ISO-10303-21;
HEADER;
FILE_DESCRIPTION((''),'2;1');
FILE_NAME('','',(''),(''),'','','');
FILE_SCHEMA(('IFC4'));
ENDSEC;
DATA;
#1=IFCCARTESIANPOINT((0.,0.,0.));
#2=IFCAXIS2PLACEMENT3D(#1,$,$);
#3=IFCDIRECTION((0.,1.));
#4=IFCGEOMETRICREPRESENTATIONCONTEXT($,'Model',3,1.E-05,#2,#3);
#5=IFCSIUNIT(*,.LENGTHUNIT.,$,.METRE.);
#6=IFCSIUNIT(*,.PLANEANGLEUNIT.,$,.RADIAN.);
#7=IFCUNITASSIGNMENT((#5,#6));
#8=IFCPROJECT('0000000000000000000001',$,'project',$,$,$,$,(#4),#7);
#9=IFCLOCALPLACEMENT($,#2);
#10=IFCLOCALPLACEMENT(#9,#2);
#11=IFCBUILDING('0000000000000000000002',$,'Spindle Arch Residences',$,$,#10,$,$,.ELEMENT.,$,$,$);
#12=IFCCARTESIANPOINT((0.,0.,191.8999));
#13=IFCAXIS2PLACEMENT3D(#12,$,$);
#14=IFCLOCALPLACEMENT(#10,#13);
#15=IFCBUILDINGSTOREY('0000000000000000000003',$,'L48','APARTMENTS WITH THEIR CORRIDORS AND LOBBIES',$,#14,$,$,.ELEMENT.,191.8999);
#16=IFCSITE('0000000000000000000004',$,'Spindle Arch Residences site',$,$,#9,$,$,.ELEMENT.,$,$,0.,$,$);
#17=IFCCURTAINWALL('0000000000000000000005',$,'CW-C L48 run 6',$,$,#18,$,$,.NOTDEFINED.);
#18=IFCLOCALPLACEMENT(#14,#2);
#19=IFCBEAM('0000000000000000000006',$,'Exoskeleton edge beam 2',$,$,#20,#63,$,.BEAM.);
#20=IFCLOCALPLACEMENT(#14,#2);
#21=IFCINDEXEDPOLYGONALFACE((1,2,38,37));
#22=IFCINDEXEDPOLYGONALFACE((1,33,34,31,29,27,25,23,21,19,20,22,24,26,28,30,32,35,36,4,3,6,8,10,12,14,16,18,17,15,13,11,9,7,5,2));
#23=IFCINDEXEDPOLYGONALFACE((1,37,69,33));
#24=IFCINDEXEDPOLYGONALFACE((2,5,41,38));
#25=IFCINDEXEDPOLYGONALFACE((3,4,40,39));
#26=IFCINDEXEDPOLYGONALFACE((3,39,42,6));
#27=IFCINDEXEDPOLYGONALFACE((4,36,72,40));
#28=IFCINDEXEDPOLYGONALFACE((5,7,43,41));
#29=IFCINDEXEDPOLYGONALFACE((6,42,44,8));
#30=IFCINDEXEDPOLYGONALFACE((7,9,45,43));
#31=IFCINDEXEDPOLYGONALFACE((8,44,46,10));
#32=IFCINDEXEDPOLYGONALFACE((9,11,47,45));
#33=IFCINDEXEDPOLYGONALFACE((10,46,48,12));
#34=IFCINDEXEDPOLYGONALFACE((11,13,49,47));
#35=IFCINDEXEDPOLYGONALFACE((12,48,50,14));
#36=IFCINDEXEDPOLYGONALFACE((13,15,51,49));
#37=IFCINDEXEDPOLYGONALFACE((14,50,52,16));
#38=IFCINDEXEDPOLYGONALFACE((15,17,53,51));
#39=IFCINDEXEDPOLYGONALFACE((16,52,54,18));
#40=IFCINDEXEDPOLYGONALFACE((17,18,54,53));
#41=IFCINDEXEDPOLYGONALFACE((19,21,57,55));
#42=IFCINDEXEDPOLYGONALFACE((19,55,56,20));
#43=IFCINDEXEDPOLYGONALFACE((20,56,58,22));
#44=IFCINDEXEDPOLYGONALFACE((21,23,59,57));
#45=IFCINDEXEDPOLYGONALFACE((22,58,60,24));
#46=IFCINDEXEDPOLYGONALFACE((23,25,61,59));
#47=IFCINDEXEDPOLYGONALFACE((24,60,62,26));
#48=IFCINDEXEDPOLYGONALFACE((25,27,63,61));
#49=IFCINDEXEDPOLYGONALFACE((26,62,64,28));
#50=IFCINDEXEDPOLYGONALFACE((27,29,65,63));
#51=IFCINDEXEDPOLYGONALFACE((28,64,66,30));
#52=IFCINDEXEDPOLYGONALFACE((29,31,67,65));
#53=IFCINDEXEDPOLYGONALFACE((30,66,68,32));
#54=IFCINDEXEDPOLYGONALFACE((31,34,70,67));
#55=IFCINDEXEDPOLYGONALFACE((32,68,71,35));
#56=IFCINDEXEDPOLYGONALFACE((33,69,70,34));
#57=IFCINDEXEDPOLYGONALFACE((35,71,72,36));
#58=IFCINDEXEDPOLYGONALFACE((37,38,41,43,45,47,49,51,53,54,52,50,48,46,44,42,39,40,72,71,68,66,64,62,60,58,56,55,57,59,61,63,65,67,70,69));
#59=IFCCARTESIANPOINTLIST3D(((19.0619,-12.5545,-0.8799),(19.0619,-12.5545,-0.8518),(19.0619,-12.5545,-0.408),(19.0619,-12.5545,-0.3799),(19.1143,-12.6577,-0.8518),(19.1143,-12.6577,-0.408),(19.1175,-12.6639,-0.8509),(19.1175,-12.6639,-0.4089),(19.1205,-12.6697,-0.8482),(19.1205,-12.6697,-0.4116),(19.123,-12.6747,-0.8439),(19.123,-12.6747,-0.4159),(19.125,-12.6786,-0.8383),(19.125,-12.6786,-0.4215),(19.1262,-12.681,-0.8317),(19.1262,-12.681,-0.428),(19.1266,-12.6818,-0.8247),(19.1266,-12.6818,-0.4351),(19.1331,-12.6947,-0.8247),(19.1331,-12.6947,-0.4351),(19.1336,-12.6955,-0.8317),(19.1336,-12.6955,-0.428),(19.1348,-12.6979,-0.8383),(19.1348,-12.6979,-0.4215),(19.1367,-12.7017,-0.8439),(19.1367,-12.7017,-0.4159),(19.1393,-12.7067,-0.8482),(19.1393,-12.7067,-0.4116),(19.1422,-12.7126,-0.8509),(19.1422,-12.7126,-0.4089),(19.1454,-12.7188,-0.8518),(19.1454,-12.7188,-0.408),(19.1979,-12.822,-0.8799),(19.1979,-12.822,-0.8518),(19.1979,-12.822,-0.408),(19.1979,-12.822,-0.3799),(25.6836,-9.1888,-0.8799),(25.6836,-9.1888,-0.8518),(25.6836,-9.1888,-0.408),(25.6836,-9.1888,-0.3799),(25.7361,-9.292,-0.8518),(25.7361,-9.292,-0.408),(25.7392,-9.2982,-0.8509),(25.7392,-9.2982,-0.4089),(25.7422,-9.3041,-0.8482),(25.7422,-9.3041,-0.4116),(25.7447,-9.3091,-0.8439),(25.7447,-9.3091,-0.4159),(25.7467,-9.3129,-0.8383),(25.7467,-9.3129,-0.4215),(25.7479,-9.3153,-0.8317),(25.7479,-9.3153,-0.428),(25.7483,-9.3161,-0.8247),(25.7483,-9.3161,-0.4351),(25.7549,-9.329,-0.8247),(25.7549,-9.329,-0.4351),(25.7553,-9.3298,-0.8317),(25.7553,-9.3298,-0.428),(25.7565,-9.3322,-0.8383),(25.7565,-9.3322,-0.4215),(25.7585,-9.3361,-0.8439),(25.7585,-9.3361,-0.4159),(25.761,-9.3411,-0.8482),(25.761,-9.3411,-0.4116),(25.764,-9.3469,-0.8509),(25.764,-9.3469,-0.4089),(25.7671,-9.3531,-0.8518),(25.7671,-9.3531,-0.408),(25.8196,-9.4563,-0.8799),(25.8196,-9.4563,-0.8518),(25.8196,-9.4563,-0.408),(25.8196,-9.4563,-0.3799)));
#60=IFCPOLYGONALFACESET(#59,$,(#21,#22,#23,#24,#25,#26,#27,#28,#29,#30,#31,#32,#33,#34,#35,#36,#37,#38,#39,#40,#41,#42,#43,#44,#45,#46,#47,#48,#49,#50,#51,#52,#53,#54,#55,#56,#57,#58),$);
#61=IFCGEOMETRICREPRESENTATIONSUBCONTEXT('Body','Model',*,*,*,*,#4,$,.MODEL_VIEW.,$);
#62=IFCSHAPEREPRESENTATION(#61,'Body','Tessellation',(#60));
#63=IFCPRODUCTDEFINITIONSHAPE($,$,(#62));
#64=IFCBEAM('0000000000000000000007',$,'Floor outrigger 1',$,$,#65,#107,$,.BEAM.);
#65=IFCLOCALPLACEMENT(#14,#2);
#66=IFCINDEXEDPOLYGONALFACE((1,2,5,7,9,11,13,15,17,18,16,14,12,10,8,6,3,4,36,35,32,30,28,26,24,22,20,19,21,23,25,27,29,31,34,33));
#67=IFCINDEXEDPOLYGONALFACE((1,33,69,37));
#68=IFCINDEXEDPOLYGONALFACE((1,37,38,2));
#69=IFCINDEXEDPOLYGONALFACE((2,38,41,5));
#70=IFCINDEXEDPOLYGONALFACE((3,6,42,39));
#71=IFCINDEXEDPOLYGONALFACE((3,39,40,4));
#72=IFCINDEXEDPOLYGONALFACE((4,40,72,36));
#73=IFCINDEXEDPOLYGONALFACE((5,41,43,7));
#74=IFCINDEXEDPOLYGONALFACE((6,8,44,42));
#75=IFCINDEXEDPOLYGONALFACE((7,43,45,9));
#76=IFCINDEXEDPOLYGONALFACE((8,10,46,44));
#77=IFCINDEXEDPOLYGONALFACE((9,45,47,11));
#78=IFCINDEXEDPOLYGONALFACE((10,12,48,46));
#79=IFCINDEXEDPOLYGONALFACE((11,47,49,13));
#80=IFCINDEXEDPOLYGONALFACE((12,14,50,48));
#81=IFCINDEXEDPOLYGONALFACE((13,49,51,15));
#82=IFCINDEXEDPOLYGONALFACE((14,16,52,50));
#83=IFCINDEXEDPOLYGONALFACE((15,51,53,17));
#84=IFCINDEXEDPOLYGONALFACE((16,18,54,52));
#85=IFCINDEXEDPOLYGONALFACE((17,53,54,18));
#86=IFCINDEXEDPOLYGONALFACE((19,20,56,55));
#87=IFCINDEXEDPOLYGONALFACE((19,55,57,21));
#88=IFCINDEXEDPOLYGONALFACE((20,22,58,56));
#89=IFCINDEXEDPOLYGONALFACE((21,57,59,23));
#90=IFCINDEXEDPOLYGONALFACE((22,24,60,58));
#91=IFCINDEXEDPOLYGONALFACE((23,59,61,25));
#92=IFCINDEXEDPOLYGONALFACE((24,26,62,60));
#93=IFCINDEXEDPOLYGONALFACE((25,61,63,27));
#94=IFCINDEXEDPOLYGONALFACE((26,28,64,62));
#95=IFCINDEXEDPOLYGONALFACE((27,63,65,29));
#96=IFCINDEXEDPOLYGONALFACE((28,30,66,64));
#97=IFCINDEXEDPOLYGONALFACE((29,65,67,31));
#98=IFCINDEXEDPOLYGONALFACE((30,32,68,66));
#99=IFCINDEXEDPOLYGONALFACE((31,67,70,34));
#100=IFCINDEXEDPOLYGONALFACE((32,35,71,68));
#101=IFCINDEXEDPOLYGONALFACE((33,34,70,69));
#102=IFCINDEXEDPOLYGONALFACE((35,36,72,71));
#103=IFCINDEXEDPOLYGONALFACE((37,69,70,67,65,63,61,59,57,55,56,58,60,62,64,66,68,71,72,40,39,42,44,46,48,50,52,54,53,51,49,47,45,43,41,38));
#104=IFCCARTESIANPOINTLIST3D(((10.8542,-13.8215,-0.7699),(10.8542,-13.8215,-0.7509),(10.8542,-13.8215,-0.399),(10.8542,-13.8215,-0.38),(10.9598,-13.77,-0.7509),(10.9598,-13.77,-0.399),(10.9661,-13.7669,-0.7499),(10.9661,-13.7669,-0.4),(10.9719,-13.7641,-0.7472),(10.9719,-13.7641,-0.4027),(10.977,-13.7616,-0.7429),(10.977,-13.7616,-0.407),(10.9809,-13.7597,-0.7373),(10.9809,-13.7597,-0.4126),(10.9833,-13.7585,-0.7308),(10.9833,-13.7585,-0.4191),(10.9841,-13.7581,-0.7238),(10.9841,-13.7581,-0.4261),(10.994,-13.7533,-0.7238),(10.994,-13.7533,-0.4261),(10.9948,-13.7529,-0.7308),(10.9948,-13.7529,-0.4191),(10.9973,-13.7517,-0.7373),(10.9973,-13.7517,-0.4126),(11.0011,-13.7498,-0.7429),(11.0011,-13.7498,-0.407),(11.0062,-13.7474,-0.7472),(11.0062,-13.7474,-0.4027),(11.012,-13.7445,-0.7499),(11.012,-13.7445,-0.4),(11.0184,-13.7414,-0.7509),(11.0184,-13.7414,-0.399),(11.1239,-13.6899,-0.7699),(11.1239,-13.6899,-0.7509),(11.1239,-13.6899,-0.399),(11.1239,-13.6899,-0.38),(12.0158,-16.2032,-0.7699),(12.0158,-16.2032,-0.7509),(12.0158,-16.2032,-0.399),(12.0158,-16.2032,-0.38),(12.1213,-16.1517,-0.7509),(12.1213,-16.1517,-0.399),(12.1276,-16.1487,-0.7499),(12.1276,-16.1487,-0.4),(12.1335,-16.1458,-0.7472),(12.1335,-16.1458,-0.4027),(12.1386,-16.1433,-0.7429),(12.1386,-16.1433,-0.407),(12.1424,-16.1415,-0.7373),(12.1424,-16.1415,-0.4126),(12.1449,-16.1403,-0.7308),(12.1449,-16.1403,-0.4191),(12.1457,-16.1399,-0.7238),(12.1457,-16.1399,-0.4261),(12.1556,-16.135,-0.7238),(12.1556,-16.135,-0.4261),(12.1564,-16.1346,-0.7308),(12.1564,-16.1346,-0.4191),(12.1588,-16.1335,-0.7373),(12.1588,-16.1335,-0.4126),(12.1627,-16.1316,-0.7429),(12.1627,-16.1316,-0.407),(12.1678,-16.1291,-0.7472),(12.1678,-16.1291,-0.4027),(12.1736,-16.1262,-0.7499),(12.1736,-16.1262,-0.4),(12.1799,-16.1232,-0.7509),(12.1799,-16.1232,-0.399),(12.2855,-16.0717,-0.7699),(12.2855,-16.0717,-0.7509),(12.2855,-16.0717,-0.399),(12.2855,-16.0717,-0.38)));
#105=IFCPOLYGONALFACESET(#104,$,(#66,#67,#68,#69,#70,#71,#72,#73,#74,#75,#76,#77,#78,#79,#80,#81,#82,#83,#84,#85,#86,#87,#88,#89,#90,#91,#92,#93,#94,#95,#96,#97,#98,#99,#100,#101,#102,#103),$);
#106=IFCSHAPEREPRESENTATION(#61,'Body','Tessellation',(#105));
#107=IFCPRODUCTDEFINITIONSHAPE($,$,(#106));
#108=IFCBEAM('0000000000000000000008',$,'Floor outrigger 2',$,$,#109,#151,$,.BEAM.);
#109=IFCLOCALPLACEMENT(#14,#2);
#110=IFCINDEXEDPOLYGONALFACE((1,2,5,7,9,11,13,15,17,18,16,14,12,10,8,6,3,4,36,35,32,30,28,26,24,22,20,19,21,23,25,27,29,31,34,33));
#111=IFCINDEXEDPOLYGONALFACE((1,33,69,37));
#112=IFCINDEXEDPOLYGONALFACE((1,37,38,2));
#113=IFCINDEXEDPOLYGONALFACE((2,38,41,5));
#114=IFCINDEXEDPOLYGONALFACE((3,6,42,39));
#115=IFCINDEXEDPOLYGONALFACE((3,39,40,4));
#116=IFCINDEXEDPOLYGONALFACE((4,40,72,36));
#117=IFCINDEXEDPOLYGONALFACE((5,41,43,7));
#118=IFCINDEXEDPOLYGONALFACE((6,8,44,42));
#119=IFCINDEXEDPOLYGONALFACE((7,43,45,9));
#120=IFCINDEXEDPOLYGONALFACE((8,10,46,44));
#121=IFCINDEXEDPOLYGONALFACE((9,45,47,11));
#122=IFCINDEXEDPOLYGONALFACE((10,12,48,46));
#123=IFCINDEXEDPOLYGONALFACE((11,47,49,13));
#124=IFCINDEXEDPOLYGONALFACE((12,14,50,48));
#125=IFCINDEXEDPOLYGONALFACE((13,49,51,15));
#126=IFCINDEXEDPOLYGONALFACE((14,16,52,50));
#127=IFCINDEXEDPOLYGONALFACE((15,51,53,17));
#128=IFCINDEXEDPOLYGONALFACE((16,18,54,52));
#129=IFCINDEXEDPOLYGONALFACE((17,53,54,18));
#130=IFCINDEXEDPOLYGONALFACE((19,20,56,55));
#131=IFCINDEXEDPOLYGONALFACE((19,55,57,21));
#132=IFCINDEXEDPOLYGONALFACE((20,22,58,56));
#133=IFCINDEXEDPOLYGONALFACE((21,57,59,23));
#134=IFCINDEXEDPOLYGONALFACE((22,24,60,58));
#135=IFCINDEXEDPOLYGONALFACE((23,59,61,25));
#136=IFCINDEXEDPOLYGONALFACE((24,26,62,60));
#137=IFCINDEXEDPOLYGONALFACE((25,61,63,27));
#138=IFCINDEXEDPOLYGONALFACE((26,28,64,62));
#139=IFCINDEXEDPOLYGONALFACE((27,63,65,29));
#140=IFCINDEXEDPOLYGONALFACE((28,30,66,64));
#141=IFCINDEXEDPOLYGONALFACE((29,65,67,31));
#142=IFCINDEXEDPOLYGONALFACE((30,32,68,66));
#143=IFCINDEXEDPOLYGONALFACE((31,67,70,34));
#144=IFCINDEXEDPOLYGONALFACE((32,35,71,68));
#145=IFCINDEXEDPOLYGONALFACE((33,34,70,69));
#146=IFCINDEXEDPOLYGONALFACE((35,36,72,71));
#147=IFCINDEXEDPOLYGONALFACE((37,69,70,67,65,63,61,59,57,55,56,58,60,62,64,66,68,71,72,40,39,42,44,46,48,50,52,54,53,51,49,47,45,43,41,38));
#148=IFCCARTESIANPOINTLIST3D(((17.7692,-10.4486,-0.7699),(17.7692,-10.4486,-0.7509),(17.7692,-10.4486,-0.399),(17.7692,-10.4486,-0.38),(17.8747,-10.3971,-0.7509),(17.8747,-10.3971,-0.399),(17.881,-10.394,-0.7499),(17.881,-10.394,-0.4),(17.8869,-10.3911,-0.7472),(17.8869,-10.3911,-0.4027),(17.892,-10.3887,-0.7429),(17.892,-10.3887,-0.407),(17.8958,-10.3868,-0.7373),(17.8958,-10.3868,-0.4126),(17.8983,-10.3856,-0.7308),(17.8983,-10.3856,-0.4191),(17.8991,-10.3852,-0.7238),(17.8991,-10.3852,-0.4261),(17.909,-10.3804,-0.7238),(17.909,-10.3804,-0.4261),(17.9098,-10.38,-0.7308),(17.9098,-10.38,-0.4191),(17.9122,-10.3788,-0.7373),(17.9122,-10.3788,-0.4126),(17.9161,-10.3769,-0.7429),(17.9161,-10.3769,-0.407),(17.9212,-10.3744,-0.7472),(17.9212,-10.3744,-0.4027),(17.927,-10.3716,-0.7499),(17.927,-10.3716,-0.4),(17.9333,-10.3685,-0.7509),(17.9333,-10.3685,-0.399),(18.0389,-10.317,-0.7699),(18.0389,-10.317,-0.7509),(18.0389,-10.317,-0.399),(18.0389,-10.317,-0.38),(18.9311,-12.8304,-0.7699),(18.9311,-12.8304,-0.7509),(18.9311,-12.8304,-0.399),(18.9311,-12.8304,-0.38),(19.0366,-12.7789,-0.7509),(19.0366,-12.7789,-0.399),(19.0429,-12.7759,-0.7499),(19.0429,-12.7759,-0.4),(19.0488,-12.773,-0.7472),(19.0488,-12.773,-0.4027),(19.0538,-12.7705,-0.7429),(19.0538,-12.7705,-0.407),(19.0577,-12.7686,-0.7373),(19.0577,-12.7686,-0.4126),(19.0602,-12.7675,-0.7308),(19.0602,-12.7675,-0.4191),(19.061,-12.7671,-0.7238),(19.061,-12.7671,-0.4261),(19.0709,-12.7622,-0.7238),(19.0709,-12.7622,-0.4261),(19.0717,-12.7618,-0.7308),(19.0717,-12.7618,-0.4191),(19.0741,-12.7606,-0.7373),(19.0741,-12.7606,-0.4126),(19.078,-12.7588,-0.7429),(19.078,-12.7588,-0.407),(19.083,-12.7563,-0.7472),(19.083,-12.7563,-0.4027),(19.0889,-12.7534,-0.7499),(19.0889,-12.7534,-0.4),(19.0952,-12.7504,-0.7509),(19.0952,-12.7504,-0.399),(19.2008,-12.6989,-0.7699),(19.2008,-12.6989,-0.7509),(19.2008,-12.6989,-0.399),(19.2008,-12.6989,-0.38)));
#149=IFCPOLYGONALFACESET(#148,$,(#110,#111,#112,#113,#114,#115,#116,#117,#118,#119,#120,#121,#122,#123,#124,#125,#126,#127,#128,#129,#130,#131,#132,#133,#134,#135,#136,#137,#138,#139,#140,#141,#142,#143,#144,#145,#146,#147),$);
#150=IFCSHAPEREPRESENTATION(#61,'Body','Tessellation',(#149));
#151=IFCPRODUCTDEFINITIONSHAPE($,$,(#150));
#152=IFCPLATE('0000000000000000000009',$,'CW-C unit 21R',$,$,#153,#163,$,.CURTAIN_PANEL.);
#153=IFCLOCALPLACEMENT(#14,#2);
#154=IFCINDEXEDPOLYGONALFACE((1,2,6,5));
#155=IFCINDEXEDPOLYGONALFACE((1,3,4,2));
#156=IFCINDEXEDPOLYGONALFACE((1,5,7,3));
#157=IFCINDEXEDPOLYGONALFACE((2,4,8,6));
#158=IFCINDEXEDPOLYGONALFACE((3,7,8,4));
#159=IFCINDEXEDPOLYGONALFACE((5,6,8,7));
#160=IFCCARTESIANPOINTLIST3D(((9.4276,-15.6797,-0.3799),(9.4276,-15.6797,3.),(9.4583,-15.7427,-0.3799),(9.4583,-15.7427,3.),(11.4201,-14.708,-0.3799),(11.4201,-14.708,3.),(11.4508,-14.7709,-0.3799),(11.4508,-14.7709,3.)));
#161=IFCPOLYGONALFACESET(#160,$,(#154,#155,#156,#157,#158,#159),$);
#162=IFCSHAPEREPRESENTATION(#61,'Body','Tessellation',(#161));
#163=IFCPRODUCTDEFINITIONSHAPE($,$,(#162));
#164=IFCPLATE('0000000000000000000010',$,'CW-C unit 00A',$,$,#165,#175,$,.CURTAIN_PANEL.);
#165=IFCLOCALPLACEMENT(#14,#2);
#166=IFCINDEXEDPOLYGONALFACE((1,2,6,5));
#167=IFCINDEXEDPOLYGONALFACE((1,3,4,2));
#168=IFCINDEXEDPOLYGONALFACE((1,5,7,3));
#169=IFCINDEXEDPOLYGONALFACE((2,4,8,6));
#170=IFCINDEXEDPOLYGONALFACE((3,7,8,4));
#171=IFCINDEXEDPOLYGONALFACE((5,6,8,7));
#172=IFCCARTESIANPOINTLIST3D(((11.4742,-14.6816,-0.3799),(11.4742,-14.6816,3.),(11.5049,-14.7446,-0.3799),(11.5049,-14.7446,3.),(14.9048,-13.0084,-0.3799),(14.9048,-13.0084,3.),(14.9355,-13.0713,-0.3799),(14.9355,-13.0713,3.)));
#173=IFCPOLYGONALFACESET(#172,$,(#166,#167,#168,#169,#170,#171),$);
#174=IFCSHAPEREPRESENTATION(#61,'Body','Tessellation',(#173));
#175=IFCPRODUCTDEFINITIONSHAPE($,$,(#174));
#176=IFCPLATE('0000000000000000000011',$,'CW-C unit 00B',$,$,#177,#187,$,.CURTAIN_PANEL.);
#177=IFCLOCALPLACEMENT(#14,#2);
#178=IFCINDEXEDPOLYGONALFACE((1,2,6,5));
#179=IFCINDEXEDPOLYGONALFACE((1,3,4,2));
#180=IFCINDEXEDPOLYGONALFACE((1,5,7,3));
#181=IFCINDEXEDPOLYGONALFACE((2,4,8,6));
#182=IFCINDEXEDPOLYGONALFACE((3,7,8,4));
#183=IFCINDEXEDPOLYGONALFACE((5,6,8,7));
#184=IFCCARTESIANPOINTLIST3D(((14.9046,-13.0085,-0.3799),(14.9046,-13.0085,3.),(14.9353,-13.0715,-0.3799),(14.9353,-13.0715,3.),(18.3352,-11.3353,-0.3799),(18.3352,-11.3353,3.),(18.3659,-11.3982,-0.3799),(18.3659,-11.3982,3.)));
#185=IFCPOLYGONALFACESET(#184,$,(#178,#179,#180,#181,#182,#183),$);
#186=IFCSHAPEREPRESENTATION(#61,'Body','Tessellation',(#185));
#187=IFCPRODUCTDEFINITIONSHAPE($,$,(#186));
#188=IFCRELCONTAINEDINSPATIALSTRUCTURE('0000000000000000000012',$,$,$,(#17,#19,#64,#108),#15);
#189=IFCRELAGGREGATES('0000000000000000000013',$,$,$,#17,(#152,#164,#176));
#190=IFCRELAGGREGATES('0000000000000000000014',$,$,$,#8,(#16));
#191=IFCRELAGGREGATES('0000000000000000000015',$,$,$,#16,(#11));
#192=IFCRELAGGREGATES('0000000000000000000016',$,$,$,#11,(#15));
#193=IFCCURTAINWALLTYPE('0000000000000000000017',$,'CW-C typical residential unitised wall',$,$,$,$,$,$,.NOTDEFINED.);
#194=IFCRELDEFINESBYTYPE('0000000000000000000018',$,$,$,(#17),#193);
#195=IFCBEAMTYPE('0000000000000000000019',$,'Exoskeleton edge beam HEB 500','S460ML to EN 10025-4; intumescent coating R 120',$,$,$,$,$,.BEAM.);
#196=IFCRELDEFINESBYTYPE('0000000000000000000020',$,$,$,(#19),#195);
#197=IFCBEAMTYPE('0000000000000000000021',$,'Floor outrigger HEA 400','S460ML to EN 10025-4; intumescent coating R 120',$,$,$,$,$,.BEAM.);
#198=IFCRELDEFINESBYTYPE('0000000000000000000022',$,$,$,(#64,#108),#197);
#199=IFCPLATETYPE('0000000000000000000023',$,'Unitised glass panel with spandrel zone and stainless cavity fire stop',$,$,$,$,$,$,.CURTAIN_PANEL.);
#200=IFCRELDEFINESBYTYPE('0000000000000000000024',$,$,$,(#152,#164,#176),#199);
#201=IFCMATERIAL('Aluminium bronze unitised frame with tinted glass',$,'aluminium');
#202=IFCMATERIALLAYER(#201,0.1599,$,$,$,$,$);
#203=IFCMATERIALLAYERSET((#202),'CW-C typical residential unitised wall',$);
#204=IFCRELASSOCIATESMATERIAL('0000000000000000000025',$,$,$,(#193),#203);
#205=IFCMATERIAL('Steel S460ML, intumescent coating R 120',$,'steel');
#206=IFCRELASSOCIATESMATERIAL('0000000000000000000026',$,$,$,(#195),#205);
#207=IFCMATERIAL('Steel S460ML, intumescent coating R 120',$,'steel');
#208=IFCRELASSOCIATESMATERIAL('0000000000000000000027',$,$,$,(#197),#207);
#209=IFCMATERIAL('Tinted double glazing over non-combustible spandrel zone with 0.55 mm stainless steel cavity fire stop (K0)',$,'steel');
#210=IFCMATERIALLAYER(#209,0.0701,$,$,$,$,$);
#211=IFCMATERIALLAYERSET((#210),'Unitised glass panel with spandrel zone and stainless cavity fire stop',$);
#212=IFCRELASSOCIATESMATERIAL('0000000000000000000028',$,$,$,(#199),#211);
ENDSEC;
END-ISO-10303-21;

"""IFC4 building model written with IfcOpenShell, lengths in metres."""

from ifc_helpers import new_model, si_unit, direction, frame, origin, origin_2d, place, context, subcontext, project, spatial, rectangle, i_section, extrude, material, layer, layer_set, material_profile, profile_set, type_object, element, aggregate, save


model = new_model("IFC4")

# Units and contexts
model_context = context("Model", 3, precision=1e-05, world=origin(), true_north=direction((0.0, 1.0)))
body_context = subcontext(model_context, "Body", "Model", "MODEL_VIEW")
ifc_project = project(units=[si_unit("LENGTHUNIT", "METRE"), si_unit("PLANEANGLEUNIT", "RADIAN")], contexts=[model_context])

# Site, building, storey
site_placement = place(None, origin())
site = spatial("IfcSite", under=ifc_project, at=site_placement, Name="Spindle Arch Residences site", CompositionType="ELEMENT", RefElevation=0.0)
building_placement = place(site_placement, origin())
building = spatial("IfcBuilding", under=site, at=building_placement, Name="Spindle Arch Residences", CompositionType="ELEMENT")
storey_placement = place(building_placement, frame((0.0, 0.0, 191.8999)))
storey = spatial("IfcBuildingStorey", under=building, at=storey_placement, Name="L48", Description="APARTMENTS WITH THEIR CORRIDORS AND LOBBIES", CompositionType="ELEMENT", Elevation=191.8999)

# Curtain wall
ifc_material_1 = material(Name="Aluminium bronze unitised frame with tinted glass", Category="aluminium")
ifc_layer_1 = layer(ifc_material_1, 0.1599)
ifc_layer_set_1 = layer_set([ifc_layer_1], Name="CW-C typical residential unitised wall")
curtain_wall_type_1 = type_object("IfcCurtainWallType", Name="CW-C typical residential unitised wall", PredefinedType="NOTDEFINED", material=ifc_layer_set_1)
curtain_wall_1_placement = place(storey_placement, origin())
curtain_wall_1 = element("IfcCurtainWall", 1, at=curtain_wall_1_placement, inside=storey, type_object=curtain_wall_type_1, Name="CW-C L48 run 6", PredefinedType="NOTDEFINED")

# Beams
ifc_material_2 = material(Name="Steel S460ML, intumescent coating R 120", Category="steel")
ifc_material_profile_1 = material_profile(ifc_material_2, i_section(OverallWidth=0.3, OverallDepth=0.5, WebThickness=0.0144, FlangeThickness=0.0281, FilletRadius=0.0271, at=origin_2d()), Name="HEB 500")
ifc_profile_set_1 = profile_set([ifc_material_profile_1], Name="Steel S460ML, intumescent coating R 120")
beam_type_1 = type_object("IfcBeamType", Name="Exoskeleton edge beam HEB 500", Description="S460ML to EN 10025-4; intumescent coating R 120", PredefinedType="BEAM", material=ifc_profile_set_1)
beam_1_placement = place(storey_placement, frame((19.1299, -12.6882, -0.6299), z_axis=(0.891456, 0.453107, 0.0), x_axis=(-0.453107, 0.891456, 0.0)))
element("IfcBeam", 2, at=beam_1_placement, inside=storey, type_object=beam_type_1, Name="Exoskeleton edge beam 2", PredefinedType="BEAM", context=body_context, shape_type="SweptSolid", body=[
    extrude(i_section(OverallWidth=0.3, OverallDepth=0.5, WebThickness=0.0144, FlangeThickness=0.0281, FilletRadius=0.0271, at=origin_2d()), origin(), (0.0, 0.0, 1.0), 7.428),
])
ifc_material_3 = material(Name="Steel S460ML, intumescent coating R 120", Category="steel")
ifc_material_profile_2 = material_profile(ifc_material_3, i_section(OverallWidth=0.3, OverallDepth=0.3899, WebThickness=0.011, FlangeThickness=0.019, FilletRadius=0.0271, at=origin_2d()), Name="HEA 400")
ifc_profile_set_2 = profile_set([ifc_material_profile_2], Name="Steel S460ML, intumescent coating R 120")
beam_type_2 = type_object("IfcBeamType", Name="Floor outrigger HEA 400", Description="S460ML to EN 10025-4; intumescent coating R 120", PredefinedType="BEAM", material=ifc_profile_set_2)
beam_2_placement = place(storey_placement, frame((12.1506, -16.1375, -0.575), z_axis=(-0.438347, 0.898806, 0.0), x_axis=(-0.898806, -0.438347, 0.0)))
element("IfcBeam", 3, at=beam_2_placement, inside=storey, type_object=beam_type_2, Name="Floor outrigger 1", PredefinedType="BEAM", context=body_context, shape_type="SweptSolid", body=[
    extrude(i_section(OverallWidth=0.3, OverallDepth=0.3899, WebThickness=0.011, FlangeThickness=0.019, FilletRadius=0.0271, at=origin_2d()), origin(), (0.0, 0.0, 1.0), 2.6499),
])
beam_3_placement = place(storey_placement, frame((19.0659, -12.7646, -0.575), z_axis=(-0.438422, 0.898769, 0.0), x_axis=(-0.898769, -0.438422, 0.0)))
element("IfcBeam", 4, at=beam_3_placement, inside=storey, type_object=beam_type_2, Name="Floor outrigger 2", PredefinedType="BEAM", context=body_context, shape_type="SweptSolid", body=[
    extrude(i_section(OverallWidth=0.3, OverallDepth=0.3899, WebThickness=0.011, FlangeThickness=0.019, FilletRadius=0.0271, at=origin_2d()), origin(), (0.0, 0.0, 1.0), 2.6501),
])

# Plates
ifc_material_4 = material(Name="Tinted double glazing over non-combustible spandrel zone with 0.55 mm stainless steel cavity fire stop (K0)", Category="steel")
ifc_layer_2 = layer(ifc_material_4, 0.0701)
ifc_layer_set_2 = layer_set([ifc_layer_2], Name="Unitised glass panel with spandrel zone and stainless cavity fire stop")
plate_type = type_object("IfcPlateType", Name="Unitised glass panel with spandrel zone and stainless cavity fire stop", PredefinedType="CURTAIN_PANEL", material=ifc_layer_set_2)
plate_1_placement = place(storey_placement, frame((10.4392, -15.2253, -0.3799), z_axis=(0.0, 0.0, 1.0), x_axis=(0.898794, 0.438371, 0.0)))
plate_1 = element("IfcPlate", 5, at=plate_1_placement, type_object=plate_type, Name="CW-C unit 21R", PredefinedType="CURTAIN_PANEL", context=body_context, shape_type="SweptSolid", body=[
    extrude(rectangle(XDim=2.2168, YDim=0.0701, at=origin_2d()), origin(), (0.0, 0.0, 1.0), 3.3799),
])
plate_2_placement = place(storey_placement, frame((13.2048, -13.8765, -0.3799), z_axis=(0.0, 0.0, 1.0), x_axis=(0.898794, 0.438371, 0.0)))
plate_2 = element("IfcPlate", 6, at=plate_2_placement, type_object=plate_type, Name="CW-C unit 00A", PredefinedType="CURTAIN_PANEL", context=body_context, shape_type="SweptSolid", body=[
    extrude(rectangle(XDim=3.8169, YDim=0.0701, at=origin_2d()), origin(), (0.0, 0.0, 1.0), 3.3799),
])
plate_3_placement = place(storey_placement, frame((16.6353, -12.2034, -0.3799), z_axis=(0.0, 0.0, 1.0), x_axis=(0.898794, 0.438371, 0.0)))
plate_3 = element("IfcPlate", 7, at=plate_3_placement, type_object=plate_type, Name="CW-C unit 00B", PredefinedType="CURTAIN_PANEL", context=body_context, shape_type="SweptSolid", body=[
    extrude(rectangle(XDim=3.8169, YDim=0.0701, at=origin_2d()), origin(), (0.0, 0.0, 1.0), 3.3799),
])
aggregate(curtain_wall_1, [plate_1, plate_2, plate_3])

save(model, "model.ifc")
